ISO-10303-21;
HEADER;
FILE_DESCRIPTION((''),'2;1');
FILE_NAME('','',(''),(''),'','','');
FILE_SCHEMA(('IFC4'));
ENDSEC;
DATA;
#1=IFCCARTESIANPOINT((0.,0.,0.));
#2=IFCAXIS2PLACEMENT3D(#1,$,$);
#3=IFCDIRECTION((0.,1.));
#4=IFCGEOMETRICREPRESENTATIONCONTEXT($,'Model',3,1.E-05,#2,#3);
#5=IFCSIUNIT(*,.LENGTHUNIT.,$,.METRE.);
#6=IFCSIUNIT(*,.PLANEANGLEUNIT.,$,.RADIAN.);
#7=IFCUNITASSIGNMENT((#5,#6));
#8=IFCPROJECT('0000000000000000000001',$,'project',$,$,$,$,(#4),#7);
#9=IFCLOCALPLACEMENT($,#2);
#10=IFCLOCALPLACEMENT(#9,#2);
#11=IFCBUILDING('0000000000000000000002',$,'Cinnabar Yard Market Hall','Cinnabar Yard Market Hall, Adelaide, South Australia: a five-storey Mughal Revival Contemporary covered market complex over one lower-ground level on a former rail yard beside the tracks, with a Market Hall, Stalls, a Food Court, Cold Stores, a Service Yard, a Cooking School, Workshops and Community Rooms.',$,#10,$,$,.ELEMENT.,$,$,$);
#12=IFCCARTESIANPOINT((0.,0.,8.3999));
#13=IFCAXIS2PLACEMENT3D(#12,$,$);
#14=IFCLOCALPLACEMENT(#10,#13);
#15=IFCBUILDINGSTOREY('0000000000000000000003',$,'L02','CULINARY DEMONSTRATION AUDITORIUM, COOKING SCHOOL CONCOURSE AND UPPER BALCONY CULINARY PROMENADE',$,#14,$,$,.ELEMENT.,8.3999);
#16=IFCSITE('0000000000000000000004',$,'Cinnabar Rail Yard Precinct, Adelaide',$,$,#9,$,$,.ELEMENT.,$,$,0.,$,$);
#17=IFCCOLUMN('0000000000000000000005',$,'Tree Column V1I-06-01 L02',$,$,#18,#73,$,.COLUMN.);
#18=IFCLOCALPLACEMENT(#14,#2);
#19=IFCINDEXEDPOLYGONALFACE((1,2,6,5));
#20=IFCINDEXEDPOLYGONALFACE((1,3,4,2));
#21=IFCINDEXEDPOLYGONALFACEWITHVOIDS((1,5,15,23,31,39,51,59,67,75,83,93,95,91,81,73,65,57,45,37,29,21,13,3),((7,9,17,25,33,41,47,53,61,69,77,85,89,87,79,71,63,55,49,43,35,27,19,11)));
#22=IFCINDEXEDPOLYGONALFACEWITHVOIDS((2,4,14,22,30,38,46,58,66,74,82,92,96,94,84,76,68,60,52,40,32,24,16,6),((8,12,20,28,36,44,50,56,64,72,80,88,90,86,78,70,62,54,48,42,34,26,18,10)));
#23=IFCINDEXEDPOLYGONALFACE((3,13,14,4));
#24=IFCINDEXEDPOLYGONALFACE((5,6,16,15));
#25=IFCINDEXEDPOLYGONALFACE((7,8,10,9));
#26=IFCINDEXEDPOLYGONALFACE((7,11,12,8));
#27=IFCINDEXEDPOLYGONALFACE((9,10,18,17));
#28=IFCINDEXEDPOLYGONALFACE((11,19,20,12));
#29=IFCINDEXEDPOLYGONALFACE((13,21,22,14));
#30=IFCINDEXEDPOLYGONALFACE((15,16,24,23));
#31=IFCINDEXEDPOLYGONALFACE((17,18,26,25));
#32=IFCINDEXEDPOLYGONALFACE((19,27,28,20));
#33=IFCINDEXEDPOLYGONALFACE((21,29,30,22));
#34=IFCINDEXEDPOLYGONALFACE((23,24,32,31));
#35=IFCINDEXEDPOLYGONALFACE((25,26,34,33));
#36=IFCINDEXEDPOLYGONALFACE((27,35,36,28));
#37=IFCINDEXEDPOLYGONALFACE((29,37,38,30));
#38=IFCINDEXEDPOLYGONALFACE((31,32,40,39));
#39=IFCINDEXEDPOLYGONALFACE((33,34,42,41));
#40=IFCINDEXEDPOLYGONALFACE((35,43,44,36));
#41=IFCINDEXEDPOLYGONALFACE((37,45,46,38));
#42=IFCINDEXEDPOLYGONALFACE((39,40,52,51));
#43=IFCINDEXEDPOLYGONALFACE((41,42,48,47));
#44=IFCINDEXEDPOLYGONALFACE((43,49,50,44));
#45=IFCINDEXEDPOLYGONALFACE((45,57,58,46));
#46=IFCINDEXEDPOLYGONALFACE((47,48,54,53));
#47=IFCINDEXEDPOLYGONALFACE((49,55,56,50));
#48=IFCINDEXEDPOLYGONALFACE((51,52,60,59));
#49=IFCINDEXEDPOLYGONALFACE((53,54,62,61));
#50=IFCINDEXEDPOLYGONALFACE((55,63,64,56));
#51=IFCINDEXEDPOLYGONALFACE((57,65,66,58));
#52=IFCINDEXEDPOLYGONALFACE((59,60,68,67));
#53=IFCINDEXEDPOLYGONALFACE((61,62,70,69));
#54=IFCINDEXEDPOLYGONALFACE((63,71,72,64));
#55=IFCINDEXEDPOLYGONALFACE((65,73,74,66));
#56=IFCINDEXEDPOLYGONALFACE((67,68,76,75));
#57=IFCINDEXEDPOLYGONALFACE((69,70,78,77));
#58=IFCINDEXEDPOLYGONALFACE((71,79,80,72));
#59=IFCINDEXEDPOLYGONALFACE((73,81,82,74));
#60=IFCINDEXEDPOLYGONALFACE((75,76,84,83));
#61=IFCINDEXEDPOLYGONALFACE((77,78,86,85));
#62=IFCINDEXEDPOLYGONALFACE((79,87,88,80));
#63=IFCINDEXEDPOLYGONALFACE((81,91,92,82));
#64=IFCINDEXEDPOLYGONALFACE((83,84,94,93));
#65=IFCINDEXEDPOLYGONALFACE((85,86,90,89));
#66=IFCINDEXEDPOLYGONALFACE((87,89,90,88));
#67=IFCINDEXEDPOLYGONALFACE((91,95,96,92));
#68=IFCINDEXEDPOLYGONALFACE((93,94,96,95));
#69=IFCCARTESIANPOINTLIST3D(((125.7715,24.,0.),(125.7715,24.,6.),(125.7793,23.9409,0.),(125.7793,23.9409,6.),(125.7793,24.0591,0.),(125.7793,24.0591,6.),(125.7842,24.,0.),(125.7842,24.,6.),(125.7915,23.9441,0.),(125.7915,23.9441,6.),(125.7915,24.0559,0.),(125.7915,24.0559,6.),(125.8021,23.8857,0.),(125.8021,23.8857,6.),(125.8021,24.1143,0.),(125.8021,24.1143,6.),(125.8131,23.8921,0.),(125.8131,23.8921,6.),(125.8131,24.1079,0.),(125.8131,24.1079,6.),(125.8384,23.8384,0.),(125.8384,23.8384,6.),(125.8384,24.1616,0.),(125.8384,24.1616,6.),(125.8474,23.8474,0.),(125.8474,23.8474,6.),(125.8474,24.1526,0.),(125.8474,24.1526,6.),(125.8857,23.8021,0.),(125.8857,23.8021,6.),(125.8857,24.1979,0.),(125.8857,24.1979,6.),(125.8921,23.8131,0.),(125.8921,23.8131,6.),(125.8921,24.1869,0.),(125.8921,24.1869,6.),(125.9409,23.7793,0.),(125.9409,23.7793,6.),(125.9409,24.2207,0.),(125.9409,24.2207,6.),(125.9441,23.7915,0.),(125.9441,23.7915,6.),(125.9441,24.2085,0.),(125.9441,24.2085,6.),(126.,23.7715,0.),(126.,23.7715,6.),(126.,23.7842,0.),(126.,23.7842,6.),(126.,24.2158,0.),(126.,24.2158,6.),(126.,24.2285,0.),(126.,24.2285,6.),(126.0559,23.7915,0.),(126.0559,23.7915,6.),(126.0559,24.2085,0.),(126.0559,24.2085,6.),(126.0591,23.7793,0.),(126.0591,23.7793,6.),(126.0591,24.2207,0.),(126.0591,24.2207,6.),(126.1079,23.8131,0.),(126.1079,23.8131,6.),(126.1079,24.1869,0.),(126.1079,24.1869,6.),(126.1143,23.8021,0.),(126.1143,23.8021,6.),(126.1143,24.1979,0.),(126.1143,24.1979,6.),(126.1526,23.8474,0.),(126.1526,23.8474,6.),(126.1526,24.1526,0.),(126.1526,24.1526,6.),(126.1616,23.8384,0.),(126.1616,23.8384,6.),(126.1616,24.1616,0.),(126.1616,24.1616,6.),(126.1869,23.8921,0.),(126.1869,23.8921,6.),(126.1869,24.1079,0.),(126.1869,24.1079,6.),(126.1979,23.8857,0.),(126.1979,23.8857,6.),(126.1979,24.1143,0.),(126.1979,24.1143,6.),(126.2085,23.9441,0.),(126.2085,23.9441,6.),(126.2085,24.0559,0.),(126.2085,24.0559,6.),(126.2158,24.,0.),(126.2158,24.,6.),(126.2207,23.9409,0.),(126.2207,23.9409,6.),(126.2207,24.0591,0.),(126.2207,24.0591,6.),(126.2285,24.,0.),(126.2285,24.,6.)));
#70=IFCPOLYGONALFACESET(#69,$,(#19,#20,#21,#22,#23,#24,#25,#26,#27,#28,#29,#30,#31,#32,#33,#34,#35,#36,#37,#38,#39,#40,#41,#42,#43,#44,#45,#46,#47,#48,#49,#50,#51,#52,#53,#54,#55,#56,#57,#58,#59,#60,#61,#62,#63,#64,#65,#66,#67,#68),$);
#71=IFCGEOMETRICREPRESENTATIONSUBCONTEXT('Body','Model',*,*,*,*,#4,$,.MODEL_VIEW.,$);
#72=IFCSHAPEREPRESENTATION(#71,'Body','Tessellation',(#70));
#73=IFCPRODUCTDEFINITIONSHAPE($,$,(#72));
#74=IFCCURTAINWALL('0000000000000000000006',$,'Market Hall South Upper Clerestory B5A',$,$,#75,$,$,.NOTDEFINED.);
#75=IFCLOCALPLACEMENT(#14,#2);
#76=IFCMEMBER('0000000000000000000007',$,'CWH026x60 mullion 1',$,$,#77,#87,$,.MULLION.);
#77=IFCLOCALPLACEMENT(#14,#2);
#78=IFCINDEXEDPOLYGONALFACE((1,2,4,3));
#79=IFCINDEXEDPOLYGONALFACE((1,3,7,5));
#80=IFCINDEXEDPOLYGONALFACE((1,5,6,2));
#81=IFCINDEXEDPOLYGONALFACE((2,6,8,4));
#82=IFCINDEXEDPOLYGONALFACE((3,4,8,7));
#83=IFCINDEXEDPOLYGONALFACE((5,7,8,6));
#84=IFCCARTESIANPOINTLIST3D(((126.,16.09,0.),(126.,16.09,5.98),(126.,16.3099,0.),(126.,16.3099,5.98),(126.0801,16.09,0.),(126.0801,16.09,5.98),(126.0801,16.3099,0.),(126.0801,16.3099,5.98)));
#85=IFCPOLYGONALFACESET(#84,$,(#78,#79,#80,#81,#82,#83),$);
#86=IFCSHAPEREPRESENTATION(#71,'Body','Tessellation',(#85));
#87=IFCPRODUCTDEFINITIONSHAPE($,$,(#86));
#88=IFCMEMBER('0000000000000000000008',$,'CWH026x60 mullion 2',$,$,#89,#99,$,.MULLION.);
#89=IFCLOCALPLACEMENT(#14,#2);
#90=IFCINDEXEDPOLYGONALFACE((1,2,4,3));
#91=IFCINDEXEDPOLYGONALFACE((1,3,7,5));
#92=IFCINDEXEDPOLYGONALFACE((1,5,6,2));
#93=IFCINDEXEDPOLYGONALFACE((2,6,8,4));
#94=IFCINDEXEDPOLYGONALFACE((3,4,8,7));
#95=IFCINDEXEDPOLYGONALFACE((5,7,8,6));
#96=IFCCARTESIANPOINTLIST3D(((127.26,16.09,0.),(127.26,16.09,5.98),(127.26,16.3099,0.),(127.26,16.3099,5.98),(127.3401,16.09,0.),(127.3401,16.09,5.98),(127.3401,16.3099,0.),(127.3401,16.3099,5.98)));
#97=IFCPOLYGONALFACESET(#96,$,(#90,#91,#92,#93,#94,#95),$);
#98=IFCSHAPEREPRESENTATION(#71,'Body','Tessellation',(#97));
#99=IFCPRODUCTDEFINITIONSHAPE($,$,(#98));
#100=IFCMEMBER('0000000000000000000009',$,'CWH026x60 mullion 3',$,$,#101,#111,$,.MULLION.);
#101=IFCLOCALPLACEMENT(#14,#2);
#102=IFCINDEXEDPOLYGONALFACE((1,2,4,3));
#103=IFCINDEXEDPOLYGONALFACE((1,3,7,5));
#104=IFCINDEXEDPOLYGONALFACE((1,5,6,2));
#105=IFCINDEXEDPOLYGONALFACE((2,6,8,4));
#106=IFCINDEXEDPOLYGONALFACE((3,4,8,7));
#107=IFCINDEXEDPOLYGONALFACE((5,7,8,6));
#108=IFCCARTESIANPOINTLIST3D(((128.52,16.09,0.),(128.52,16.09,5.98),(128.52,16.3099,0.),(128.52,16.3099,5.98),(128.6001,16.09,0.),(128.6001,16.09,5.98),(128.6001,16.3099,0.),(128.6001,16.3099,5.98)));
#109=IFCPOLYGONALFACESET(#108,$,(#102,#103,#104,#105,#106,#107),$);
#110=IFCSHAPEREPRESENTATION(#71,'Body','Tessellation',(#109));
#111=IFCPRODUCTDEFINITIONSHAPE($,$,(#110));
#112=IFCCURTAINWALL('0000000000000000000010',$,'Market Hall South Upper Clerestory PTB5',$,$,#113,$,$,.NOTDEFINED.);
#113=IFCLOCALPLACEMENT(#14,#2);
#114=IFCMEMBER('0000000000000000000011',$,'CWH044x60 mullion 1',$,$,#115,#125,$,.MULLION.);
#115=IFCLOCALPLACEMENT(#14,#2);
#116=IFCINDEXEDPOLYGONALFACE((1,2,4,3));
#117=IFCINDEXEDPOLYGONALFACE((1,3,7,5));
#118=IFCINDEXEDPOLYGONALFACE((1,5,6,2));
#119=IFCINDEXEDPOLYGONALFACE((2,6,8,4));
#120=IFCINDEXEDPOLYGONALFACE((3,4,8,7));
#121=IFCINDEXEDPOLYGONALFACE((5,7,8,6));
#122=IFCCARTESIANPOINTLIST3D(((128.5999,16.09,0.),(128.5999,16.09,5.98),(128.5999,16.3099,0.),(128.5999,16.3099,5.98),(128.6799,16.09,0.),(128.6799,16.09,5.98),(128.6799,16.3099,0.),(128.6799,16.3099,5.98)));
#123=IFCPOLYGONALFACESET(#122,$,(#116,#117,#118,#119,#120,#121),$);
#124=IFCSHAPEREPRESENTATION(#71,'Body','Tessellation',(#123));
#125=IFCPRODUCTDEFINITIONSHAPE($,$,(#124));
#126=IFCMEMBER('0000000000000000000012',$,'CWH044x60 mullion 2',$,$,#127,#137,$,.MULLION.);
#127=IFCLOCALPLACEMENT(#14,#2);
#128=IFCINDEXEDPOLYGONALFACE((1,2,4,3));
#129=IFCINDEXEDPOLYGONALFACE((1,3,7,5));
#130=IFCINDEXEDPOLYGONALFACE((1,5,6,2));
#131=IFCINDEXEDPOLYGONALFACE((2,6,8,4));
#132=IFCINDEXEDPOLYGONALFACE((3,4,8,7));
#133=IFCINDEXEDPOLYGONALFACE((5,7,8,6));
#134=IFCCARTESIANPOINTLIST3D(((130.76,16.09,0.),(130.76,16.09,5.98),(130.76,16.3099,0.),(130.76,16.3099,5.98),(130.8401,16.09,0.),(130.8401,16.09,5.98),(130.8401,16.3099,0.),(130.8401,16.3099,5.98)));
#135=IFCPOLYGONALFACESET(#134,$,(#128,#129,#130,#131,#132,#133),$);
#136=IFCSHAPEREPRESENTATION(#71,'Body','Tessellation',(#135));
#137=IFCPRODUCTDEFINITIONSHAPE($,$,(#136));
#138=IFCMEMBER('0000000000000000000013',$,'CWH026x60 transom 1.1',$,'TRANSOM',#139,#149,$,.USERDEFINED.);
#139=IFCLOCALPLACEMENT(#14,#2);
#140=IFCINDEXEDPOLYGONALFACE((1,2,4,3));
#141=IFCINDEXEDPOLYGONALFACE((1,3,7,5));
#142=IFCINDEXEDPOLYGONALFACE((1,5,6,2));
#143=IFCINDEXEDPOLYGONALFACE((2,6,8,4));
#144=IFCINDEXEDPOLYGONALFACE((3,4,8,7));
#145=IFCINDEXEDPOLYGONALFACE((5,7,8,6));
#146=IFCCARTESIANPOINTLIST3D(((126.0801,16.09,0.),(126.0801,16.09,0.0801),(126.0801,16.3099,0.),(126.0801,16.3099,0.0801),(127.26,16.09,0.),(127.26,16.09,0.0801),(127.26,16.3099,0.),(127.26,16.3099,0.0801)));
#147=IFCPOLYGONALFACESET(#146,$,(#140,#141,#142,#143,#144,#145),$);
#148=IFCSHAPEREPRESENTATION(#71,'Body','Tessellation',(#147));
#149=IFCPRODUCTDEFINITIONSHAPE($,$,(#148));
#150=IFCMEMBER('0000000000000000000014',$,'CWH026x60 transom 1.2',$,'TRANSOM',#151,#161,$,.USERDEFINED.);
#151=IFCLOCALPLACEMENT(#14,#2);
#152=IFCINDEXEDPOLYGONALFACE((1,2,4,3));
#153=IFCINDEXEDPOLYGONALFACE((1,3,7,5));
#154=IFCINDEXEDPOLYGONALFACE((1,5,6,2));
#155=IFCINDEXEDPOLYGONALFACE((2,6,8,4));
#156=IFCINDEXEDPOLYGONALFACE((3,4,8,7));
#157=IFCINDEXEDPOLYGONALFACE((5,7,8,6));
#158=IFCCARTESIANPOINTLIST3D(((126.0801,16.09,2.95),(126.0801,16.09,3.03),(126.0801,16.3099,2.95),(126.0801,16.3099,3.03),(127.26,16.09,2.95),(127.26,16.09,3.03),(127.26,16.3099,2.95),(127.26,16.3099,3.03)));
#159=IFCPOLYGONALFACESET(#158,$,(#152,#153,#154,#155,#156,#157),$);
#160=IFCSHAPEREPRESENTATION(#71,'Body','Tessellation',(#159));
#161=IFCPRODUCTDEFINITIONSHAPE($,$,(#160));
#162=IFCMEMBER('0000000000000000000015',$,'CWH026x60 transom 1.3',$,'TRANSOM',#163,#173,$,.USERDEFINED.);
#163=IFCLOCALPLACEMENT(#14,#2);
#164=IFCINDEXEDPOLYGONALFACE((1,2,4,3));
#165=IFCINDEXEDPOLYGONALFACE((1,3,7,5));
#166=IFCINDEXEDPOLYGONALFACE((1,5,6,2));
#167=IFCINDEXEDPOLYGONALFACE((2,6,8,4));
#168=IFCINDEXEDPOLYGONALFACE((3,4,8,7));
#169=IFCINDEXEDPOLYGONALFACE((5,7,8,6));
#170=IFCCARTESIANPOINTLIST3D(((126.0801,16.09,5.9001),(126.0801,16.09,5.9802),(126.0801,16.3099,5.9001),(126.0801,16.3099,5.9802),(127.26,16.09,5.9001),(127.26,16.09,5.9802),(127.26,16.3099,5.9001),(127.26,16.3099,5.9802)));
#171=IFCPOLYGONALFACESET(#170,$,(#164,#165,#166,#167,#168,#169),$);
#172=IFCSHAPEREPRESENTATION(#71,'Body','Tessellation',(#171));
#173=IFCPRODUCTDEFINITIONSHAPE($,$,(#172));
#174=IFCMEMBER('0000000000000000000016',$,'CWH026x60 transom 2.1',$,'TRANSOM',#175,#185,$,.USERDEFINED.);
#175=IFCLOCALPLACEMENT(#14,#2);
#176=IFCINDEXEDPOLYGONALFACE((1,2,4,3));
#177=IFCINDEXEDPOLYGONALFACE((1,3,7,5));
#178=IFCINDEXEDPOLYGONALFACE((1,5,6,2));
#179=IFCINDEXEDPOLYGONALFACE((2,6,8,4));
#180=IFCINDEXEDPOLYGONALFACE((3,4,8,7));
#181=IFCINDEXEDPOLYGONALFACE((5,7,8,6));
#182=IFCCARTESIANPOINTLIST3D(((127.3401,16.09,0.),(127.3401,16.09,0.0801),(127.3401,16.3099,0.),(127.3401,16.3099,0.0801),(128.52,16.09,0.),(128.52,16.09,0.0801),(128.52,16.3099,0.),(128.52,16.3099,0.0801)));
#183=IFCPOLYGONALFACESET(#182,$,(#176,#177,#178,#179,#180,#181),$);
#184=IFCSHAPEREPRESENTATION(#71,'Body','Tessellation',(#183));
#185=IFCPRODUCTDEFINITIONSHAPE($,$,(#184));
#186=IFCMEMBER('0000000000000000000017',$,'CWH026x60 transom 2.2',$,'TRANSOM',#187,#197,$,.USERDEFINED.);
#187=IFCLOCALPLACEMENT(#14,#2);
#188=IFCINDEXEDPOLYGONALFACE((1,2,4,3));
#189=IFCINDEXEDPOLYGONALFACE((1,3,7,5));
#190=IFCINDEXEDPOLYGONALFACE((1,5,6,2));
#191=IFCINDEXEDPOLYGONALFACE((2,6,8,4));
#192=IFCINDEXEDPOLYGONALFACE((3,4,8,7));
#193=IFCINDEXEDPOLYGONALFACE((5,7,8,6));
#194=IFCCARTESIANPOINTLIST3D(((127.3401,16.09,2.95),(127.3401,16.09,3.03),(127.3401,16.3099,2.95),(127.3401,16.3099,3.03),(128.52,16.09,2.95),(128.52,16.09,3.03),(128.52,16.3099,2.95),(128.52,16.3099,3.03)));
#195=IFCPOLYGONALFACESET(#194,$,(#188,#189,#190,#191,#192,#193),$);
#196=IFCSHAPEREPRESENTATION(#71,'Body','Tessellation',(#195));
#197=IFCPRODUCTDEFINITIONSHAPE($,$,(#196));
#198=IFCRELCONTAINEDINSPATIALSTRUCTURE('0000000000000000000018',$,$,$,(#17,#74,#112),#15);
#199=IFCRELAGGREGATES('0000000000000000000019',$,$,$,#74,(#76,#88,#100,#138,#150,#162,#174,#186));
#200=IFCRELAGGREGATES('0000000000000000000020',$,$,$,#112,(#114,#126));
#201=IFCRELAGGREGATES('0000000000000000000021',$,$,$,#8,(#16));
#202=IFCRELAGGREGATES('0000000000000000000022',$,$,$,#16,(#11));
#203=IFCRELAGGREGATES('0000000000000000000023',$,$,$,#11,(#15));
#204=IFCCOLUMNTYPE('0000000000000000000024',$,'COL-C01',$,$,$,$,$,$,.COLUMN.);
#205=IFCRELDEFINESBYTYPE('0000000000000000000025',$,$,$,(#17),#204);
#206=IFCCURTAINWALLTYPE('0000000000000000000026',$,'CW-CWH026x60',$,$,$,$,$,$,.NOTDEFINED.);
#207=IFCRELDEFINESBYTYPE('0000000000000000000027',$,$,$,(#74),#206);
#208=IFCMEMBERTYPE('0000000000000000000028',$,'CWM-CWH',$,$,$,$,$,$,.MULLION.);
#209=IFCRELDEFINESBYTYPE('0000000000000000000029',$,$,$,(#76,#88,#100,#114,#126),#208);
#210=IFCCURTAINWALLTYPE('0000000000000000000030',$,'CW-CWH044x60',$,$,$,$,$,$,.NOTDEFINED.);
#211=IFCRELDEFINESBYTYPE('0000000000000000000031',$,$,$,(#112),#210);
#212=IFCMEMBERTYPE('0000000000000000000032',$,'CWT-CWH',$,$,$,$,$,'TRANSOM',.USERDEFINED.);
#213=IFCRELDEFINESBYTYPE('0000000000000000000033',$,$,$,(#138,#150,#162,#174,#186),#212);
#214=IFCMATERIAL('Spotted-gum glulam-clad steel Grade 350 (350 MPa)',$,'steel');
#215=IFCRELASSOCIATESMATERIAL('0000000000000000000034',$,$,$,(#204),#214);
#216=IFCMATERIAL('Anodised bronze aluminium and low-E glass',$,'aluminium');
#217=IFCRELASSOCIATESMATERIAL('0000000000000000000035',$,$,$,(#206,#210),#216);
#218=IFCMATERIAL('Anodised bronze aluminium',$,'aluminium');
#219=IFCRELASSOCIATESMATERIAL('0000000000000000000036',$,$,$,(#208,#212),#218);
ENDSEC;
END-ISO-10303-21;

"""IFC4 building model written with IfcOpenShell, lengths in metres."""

from ifc_helpers import new_model, si_unit, direction, frame, origin, origin_2d_with_axis, place, context, subcontext, project, spatial, rectangle, hollow_circle, extrude, material, material_profile, profile_set, type_object, element, aggregate, save


model = new_model("IFC4")

# Units and contexts
model_context = context("Model", 3, precision=1e-05, world=origin(), true_north=direction((0.0, 1.0)))
body_context = subcontext(model_context, "Body", "Model", "MODEL_VIEW")
ifc_project = project(units=[si_unit("LENGTHUNIT", "METRE"), si_unit("PLANEANGLEUNIT", "RADIAN")], contexts=[model_context])

# Site, building, storey
site_placement = place(None, origin())
site = spatial("IfcSite", under=ifc_project, at=site_placement, Name="Cinnabar Rail Yard Precinct, Adelaide", CompositionType="ELEMENT", RefElevation=0.0)
building_placement = place(site_placement, origin())
building = spatial("IfcBuilding", under=site, at=building_placement, Name="Cinnabar Yard Market Hall", Description="Cinnabar Yard Market Hall, Adelaide, South Australia: a five-storey Mughal Revival Contemporary covered market complex over one lower-ground level on a former rail yard beside the tracks, with a Market Hall, Stalls, a Food Court, Cold Stores, a Service Yard, a Cooking School, Workshops and Community Rooms.", CompositionType="ELEMENT")
storey_placement = place(building_placement, frame((0.0, 0.0, 8.3999)))
storey = spatial("IfcBuildingStorey", under=building, at=storey_placement, Name="L02", Description="CULINARY DEMONSTRATION AUDITORIUM, COOKING SCHOOL CONCOURSE AND UPPER BALCONY CULINARY PROMENADE", CompositionType="ELEMENT", Elevation=8.3999)

# Column
ifc_material_1 = material(Name="Spotted-gum glulam-clad steel Grade 350 (350 MPa)", Category="steel")
ifc_material_profile_1 = material_profile(ifc_material_1, hollow_circle(Radius=0.2285, WallThickness=0.0127, at=origin_2d_with_axis()), Name="457.0x12.7CHS")
ifc_profile_set_1 = profile_set([ifc_material_profile_1], Name="Spotted-gum glulam-clad steel Grade 350 (350 MPa)")
column_type = type_object("IfcColumnType", Name="COL-C01", PredefinedType="COLUMN", material=ifc_profile_set_1)
column_placement = place(storey_placement, frame((126.0, 24.0, 0.0), z_axis=(0.0, 0.0, 1.0), x_axis=(1.0, 0.0, 0.0)))
element("IfcColumn", 1, at=column_placement, inside=storey, type_object=column_type, Name="Tree Column V1I-06-01 L02", PredefinedType="COLUMN", context=body_context, shape_type="SweptSolid", body=[
    extrude(hollow_circle(Radius=0.2285, WallThickness=0.0127, at=origin_2d_with_axis()), origin(), (0.0, 0.0, 1.0), 6.0),
])

# Curtain walls, members
ifc_material_2 = material(Name="Anodised bronze aluminium and low-E glass", Category="aluminium")
curtain_wall_type_1 = type_object("IfcCurtainWallType", Name="CW-CWH026x60", PredefinedType="NOTDEFINED", material=ifc_material_2)
curtain_wall_1_placement = place(storey_placement, origin())
curtain_wall_1 = element("IfcCurtainWall", 2, at=curtain_wall_1_placement, inside=storey, type_object=curtain_wall_type_1, Name="Market Hall South Upper Clerestory B5A", PredefinedType="NOTDEFINED")
ifc_material_3 = material(Name="Anodised bronze aluminium", Category="aluminium")
ifc_material_profile_2 = material_profile(ifc_material_3, rectangle(XDim=0.22, YDim=0.0801, at=origin_2d_with_axis()), Name="MUL-CWH")
ifc_profile_set_2 = profile_set([ifc_material_profile_2], Name="Anodised bronze aluminium")
member_type_1 = type_object("IfcMemberType", Name="CWM-CWH", PredefinedType="MULLION", material=ifc_profile_set_2)
member_1_placement = place(storey_placement, frame((126.04, 16.2, 0.0), z_axis=(0.0, 0.0, 1.0), x_axis=(0.0, 1.0, 0.0)))
member_1 = element("IfcMember", 3, at=member_1_placement, type_object=member_type_1, Name="CWH026x60 mullion 1", PredefinedType="MULLION", context=body_context, shape_type="SweptSolid", body=[
    extrude(rectangle(XDim=0.22, YDim=0.0801, at=origin_2d_with_axis()), origin(), (0.0, 0.0, 1.0), 5.98),
])
member_2_placement = place(storey_placement, frame((127.3, 16.2, 0.0), z_axis=(0.0, 0.0, 1.0), x_axis=(0.0, 1.0, 0.0)))
member_2 = element("IfcMember", 4, at=member_2_placement, type_object=member_type_1, Name="CWH026x60 mullion 2", PredefinedType="MULLION", context=body_context, shape_type="SweptSolid", body=[
    extrude(rectangle(XDim=0.22, YDim=0.0801, at=origin_2d_with_axis()), origin(), (0.0, 0.0, 1.0), 5.98),
])
member_3_placement = place(storey_placement, frame((128.5601, 16.2, 0.0), z_axis=(0.0, 0.0, 1.0), x_axis=(0.0, 1.0, 0.0)))
member_3 = element("IfcMember", 5, at=member_3_placement, type_object=member_type_1, Name="CWH026x60 mullion 3", PredefinedType="MULLION", context=body_context, shape_type="SweptSolid", body=[
    extrude(rectangle(XDim=0.22, YDim=0.0801, at=origin_2d_with_axis()), origin(), (0.0, 0.0, 1.0), 5.98),
])
curtain_wall_type_2 = type_object("IfcCurtainWallType", Name="CW-CWH044x60", PredefinedType="NOTDEFINED", material=ifc_material_2)
curtain_wall_2_placement = place(storey_placement, origin())
curtain_wall_2 = element("IfcCurtainWall", 6, at=curtain_wall_2_placement, inside=storey, type_object=curtain_wall_type_2, Name="Market Hall South Upper Clerestory PTB5", PredefinedType="NOTDEFINED")
member_4_placement = place(storey_placement, frame((128.6399, 16.2, 0.0), z_axis=(0.0, 0.0, 1.0), x_axis=(0.0, 1.0, 0.0)))
member_4 = element("IfcMember", 7, at=member_4_placement, type_object=member_type_1, Name="CWH044x60 mullion 1", PredefinedType="MULLION", context=body_context, shape_type="SweptSolid", body=[
    extrude(rectangle(XDim=0.22, YDim=0.0801, at=origin_2d_with_axis()), origin(), (0.0, 0.0, 1.0), 5.98),
])
member_5_placement = place(storey_placement, frame((130.8, 16.2, 0.0), z_axis=(0.0, 0.0, 1.0), x_axis=(0.0, 1.0, 0.0)))
member_5 = element("IfcMember", 8, at=member_5_placement, type_object=member_type_1, Name="CWH044x60 mullion 2", PredefinedType="MULLION", context=body_context, shape_type="SweptSolid", body=[
    extrude(rectangle(XDim=0.22, YDim=0.0801, at=origin_2d_with_axis()), origin(), (0.0, 0.0, 1.0), 5.98),
])

# Members
ifc_material_profile_3 = material_profile(ifc_material_3, rectangle(XDim=0.22, YDim=0.0801, at=origin_2d_with_axis()), Name="TRN-CWH")
ifc_profile_set_3 = profile_set([ifc_material_profile_3], Name="Anodised bronze aluminium")
member_type_2 = type_object("IfcMemberType", Name="CWT-CWH", ElementType="TRANSOM", PredefinedType="USERDEFINED", material=ifc_profile_set_3)
member_6_placement = place(storey_placement, frame((126.0801, 16.2, 0.04), z_axis=(1.0, 0.0, 0.0), x_axis=(0.0, 1.0, 0.0)))
member_6 = element("IfcMember", 9, at=member_6_placement, type_object=member_type_2, Name="CWH026x60 transom 1.1", ObjectType="TRANSOM", PredefinedType="USERDEFINED", context=body_context, shape_type="SweptSolid", body=[
    extrude(rectangle(XDim=0.22, YDim=0.0801, at=origin_2d_with_axis()), origin(), (0.0, 0.0, 1.0), 1.1799),
])
member_7_placement = place(storey_placement, frame((126.0801, 16.2, 2.99), z_axis=(1.0, 0.0, 0.0), x_axis=(0.0, 1.0, 0.0)))
member_7 = element("IfcMember", 10, at=member_7_placement, type_object=member_type_2, Name="CWH026x60 transom 1.2", ObjectType="TRANSOM", PredefinedType="USERDEFINED", context=body_context, shape_type="SweptSolid", body=[
    extrude(rectangle(XDim=0.22, YDim=0.0801, at=origin_2d_with_axis()), origin(), (0.0, 0.0, 1.0), 1.1799),
])
member_8_placement = place(storey_placement, frame((126.0801, 16.2, 5.9402), z_axis=(1.0, 0.0, 0.0), x_axis=(0.0, 1.0, 0.0)))
member_8 = element("IfcMember", 11, at=member_8_placement, type_object=member_type_2, Name="CWH026x60 transom 1.3", ObjectType="TRANSOM", PredefinedType="USERDEFINED", context=body_context, shape_type="SweptSolid", body=[
    extrude(rectangle(XDim=0.22, YDim=0.0801, at=origin_2d_with_axis()), origin(), (0.0, 0.0, 1.0), 1.1799),
])
member_9_placement = place(storey_placement, frame((127.3401, 16.2, 0.04), z_axis=(1.0, 0.0, 0.0), x_axis=(0.0, 1.0, 0.0)))
member_9 = element("IfcMember", 12, at=member_9_placement, type_object=member_type_2, Name="CWH026x60 transom 2.1", ObjectType="TRANSOM", PredefinedType="USERDEFINED", context=body_context, shape_type="SweptSolid", body=[
    extrude(rectangle(XDim=0.22, YDim=0.0801, at=origin_2d_with_axis()), origin(), (0.0, 0.0, 1.0), 1.1799),
])
member_10_placement = place(storey_placement, frame((127.3401, 16.2, 2.99), z_axis=(1.0, 0.0, 0.0), x_axis=(0.0, 1.0, 0.0)))
member_10 = element("IfcMember", 13, at=member_10_placement, type_object=member_type_2, Name="CWH026x60 transom 2.2", ObjectType="TRANSOM", PredefinedType="USERDEFINED", context=body_context, shape_type="SweptSolid", body=[
    extrude(rectangle(XDim=0.22, YDim=0.0801, at=origin_2d_with_axis()), origin(), (0.0, 0.0, 1.0), 1.1799),
])

aggregate(curtain_wall_1, [member_1, member_2, member_3, member_6, member_7, member_8, member_9, member_10])
aggregate(curtain_wall_2, [member_4, member_5])

save(model, "model.ifc")
